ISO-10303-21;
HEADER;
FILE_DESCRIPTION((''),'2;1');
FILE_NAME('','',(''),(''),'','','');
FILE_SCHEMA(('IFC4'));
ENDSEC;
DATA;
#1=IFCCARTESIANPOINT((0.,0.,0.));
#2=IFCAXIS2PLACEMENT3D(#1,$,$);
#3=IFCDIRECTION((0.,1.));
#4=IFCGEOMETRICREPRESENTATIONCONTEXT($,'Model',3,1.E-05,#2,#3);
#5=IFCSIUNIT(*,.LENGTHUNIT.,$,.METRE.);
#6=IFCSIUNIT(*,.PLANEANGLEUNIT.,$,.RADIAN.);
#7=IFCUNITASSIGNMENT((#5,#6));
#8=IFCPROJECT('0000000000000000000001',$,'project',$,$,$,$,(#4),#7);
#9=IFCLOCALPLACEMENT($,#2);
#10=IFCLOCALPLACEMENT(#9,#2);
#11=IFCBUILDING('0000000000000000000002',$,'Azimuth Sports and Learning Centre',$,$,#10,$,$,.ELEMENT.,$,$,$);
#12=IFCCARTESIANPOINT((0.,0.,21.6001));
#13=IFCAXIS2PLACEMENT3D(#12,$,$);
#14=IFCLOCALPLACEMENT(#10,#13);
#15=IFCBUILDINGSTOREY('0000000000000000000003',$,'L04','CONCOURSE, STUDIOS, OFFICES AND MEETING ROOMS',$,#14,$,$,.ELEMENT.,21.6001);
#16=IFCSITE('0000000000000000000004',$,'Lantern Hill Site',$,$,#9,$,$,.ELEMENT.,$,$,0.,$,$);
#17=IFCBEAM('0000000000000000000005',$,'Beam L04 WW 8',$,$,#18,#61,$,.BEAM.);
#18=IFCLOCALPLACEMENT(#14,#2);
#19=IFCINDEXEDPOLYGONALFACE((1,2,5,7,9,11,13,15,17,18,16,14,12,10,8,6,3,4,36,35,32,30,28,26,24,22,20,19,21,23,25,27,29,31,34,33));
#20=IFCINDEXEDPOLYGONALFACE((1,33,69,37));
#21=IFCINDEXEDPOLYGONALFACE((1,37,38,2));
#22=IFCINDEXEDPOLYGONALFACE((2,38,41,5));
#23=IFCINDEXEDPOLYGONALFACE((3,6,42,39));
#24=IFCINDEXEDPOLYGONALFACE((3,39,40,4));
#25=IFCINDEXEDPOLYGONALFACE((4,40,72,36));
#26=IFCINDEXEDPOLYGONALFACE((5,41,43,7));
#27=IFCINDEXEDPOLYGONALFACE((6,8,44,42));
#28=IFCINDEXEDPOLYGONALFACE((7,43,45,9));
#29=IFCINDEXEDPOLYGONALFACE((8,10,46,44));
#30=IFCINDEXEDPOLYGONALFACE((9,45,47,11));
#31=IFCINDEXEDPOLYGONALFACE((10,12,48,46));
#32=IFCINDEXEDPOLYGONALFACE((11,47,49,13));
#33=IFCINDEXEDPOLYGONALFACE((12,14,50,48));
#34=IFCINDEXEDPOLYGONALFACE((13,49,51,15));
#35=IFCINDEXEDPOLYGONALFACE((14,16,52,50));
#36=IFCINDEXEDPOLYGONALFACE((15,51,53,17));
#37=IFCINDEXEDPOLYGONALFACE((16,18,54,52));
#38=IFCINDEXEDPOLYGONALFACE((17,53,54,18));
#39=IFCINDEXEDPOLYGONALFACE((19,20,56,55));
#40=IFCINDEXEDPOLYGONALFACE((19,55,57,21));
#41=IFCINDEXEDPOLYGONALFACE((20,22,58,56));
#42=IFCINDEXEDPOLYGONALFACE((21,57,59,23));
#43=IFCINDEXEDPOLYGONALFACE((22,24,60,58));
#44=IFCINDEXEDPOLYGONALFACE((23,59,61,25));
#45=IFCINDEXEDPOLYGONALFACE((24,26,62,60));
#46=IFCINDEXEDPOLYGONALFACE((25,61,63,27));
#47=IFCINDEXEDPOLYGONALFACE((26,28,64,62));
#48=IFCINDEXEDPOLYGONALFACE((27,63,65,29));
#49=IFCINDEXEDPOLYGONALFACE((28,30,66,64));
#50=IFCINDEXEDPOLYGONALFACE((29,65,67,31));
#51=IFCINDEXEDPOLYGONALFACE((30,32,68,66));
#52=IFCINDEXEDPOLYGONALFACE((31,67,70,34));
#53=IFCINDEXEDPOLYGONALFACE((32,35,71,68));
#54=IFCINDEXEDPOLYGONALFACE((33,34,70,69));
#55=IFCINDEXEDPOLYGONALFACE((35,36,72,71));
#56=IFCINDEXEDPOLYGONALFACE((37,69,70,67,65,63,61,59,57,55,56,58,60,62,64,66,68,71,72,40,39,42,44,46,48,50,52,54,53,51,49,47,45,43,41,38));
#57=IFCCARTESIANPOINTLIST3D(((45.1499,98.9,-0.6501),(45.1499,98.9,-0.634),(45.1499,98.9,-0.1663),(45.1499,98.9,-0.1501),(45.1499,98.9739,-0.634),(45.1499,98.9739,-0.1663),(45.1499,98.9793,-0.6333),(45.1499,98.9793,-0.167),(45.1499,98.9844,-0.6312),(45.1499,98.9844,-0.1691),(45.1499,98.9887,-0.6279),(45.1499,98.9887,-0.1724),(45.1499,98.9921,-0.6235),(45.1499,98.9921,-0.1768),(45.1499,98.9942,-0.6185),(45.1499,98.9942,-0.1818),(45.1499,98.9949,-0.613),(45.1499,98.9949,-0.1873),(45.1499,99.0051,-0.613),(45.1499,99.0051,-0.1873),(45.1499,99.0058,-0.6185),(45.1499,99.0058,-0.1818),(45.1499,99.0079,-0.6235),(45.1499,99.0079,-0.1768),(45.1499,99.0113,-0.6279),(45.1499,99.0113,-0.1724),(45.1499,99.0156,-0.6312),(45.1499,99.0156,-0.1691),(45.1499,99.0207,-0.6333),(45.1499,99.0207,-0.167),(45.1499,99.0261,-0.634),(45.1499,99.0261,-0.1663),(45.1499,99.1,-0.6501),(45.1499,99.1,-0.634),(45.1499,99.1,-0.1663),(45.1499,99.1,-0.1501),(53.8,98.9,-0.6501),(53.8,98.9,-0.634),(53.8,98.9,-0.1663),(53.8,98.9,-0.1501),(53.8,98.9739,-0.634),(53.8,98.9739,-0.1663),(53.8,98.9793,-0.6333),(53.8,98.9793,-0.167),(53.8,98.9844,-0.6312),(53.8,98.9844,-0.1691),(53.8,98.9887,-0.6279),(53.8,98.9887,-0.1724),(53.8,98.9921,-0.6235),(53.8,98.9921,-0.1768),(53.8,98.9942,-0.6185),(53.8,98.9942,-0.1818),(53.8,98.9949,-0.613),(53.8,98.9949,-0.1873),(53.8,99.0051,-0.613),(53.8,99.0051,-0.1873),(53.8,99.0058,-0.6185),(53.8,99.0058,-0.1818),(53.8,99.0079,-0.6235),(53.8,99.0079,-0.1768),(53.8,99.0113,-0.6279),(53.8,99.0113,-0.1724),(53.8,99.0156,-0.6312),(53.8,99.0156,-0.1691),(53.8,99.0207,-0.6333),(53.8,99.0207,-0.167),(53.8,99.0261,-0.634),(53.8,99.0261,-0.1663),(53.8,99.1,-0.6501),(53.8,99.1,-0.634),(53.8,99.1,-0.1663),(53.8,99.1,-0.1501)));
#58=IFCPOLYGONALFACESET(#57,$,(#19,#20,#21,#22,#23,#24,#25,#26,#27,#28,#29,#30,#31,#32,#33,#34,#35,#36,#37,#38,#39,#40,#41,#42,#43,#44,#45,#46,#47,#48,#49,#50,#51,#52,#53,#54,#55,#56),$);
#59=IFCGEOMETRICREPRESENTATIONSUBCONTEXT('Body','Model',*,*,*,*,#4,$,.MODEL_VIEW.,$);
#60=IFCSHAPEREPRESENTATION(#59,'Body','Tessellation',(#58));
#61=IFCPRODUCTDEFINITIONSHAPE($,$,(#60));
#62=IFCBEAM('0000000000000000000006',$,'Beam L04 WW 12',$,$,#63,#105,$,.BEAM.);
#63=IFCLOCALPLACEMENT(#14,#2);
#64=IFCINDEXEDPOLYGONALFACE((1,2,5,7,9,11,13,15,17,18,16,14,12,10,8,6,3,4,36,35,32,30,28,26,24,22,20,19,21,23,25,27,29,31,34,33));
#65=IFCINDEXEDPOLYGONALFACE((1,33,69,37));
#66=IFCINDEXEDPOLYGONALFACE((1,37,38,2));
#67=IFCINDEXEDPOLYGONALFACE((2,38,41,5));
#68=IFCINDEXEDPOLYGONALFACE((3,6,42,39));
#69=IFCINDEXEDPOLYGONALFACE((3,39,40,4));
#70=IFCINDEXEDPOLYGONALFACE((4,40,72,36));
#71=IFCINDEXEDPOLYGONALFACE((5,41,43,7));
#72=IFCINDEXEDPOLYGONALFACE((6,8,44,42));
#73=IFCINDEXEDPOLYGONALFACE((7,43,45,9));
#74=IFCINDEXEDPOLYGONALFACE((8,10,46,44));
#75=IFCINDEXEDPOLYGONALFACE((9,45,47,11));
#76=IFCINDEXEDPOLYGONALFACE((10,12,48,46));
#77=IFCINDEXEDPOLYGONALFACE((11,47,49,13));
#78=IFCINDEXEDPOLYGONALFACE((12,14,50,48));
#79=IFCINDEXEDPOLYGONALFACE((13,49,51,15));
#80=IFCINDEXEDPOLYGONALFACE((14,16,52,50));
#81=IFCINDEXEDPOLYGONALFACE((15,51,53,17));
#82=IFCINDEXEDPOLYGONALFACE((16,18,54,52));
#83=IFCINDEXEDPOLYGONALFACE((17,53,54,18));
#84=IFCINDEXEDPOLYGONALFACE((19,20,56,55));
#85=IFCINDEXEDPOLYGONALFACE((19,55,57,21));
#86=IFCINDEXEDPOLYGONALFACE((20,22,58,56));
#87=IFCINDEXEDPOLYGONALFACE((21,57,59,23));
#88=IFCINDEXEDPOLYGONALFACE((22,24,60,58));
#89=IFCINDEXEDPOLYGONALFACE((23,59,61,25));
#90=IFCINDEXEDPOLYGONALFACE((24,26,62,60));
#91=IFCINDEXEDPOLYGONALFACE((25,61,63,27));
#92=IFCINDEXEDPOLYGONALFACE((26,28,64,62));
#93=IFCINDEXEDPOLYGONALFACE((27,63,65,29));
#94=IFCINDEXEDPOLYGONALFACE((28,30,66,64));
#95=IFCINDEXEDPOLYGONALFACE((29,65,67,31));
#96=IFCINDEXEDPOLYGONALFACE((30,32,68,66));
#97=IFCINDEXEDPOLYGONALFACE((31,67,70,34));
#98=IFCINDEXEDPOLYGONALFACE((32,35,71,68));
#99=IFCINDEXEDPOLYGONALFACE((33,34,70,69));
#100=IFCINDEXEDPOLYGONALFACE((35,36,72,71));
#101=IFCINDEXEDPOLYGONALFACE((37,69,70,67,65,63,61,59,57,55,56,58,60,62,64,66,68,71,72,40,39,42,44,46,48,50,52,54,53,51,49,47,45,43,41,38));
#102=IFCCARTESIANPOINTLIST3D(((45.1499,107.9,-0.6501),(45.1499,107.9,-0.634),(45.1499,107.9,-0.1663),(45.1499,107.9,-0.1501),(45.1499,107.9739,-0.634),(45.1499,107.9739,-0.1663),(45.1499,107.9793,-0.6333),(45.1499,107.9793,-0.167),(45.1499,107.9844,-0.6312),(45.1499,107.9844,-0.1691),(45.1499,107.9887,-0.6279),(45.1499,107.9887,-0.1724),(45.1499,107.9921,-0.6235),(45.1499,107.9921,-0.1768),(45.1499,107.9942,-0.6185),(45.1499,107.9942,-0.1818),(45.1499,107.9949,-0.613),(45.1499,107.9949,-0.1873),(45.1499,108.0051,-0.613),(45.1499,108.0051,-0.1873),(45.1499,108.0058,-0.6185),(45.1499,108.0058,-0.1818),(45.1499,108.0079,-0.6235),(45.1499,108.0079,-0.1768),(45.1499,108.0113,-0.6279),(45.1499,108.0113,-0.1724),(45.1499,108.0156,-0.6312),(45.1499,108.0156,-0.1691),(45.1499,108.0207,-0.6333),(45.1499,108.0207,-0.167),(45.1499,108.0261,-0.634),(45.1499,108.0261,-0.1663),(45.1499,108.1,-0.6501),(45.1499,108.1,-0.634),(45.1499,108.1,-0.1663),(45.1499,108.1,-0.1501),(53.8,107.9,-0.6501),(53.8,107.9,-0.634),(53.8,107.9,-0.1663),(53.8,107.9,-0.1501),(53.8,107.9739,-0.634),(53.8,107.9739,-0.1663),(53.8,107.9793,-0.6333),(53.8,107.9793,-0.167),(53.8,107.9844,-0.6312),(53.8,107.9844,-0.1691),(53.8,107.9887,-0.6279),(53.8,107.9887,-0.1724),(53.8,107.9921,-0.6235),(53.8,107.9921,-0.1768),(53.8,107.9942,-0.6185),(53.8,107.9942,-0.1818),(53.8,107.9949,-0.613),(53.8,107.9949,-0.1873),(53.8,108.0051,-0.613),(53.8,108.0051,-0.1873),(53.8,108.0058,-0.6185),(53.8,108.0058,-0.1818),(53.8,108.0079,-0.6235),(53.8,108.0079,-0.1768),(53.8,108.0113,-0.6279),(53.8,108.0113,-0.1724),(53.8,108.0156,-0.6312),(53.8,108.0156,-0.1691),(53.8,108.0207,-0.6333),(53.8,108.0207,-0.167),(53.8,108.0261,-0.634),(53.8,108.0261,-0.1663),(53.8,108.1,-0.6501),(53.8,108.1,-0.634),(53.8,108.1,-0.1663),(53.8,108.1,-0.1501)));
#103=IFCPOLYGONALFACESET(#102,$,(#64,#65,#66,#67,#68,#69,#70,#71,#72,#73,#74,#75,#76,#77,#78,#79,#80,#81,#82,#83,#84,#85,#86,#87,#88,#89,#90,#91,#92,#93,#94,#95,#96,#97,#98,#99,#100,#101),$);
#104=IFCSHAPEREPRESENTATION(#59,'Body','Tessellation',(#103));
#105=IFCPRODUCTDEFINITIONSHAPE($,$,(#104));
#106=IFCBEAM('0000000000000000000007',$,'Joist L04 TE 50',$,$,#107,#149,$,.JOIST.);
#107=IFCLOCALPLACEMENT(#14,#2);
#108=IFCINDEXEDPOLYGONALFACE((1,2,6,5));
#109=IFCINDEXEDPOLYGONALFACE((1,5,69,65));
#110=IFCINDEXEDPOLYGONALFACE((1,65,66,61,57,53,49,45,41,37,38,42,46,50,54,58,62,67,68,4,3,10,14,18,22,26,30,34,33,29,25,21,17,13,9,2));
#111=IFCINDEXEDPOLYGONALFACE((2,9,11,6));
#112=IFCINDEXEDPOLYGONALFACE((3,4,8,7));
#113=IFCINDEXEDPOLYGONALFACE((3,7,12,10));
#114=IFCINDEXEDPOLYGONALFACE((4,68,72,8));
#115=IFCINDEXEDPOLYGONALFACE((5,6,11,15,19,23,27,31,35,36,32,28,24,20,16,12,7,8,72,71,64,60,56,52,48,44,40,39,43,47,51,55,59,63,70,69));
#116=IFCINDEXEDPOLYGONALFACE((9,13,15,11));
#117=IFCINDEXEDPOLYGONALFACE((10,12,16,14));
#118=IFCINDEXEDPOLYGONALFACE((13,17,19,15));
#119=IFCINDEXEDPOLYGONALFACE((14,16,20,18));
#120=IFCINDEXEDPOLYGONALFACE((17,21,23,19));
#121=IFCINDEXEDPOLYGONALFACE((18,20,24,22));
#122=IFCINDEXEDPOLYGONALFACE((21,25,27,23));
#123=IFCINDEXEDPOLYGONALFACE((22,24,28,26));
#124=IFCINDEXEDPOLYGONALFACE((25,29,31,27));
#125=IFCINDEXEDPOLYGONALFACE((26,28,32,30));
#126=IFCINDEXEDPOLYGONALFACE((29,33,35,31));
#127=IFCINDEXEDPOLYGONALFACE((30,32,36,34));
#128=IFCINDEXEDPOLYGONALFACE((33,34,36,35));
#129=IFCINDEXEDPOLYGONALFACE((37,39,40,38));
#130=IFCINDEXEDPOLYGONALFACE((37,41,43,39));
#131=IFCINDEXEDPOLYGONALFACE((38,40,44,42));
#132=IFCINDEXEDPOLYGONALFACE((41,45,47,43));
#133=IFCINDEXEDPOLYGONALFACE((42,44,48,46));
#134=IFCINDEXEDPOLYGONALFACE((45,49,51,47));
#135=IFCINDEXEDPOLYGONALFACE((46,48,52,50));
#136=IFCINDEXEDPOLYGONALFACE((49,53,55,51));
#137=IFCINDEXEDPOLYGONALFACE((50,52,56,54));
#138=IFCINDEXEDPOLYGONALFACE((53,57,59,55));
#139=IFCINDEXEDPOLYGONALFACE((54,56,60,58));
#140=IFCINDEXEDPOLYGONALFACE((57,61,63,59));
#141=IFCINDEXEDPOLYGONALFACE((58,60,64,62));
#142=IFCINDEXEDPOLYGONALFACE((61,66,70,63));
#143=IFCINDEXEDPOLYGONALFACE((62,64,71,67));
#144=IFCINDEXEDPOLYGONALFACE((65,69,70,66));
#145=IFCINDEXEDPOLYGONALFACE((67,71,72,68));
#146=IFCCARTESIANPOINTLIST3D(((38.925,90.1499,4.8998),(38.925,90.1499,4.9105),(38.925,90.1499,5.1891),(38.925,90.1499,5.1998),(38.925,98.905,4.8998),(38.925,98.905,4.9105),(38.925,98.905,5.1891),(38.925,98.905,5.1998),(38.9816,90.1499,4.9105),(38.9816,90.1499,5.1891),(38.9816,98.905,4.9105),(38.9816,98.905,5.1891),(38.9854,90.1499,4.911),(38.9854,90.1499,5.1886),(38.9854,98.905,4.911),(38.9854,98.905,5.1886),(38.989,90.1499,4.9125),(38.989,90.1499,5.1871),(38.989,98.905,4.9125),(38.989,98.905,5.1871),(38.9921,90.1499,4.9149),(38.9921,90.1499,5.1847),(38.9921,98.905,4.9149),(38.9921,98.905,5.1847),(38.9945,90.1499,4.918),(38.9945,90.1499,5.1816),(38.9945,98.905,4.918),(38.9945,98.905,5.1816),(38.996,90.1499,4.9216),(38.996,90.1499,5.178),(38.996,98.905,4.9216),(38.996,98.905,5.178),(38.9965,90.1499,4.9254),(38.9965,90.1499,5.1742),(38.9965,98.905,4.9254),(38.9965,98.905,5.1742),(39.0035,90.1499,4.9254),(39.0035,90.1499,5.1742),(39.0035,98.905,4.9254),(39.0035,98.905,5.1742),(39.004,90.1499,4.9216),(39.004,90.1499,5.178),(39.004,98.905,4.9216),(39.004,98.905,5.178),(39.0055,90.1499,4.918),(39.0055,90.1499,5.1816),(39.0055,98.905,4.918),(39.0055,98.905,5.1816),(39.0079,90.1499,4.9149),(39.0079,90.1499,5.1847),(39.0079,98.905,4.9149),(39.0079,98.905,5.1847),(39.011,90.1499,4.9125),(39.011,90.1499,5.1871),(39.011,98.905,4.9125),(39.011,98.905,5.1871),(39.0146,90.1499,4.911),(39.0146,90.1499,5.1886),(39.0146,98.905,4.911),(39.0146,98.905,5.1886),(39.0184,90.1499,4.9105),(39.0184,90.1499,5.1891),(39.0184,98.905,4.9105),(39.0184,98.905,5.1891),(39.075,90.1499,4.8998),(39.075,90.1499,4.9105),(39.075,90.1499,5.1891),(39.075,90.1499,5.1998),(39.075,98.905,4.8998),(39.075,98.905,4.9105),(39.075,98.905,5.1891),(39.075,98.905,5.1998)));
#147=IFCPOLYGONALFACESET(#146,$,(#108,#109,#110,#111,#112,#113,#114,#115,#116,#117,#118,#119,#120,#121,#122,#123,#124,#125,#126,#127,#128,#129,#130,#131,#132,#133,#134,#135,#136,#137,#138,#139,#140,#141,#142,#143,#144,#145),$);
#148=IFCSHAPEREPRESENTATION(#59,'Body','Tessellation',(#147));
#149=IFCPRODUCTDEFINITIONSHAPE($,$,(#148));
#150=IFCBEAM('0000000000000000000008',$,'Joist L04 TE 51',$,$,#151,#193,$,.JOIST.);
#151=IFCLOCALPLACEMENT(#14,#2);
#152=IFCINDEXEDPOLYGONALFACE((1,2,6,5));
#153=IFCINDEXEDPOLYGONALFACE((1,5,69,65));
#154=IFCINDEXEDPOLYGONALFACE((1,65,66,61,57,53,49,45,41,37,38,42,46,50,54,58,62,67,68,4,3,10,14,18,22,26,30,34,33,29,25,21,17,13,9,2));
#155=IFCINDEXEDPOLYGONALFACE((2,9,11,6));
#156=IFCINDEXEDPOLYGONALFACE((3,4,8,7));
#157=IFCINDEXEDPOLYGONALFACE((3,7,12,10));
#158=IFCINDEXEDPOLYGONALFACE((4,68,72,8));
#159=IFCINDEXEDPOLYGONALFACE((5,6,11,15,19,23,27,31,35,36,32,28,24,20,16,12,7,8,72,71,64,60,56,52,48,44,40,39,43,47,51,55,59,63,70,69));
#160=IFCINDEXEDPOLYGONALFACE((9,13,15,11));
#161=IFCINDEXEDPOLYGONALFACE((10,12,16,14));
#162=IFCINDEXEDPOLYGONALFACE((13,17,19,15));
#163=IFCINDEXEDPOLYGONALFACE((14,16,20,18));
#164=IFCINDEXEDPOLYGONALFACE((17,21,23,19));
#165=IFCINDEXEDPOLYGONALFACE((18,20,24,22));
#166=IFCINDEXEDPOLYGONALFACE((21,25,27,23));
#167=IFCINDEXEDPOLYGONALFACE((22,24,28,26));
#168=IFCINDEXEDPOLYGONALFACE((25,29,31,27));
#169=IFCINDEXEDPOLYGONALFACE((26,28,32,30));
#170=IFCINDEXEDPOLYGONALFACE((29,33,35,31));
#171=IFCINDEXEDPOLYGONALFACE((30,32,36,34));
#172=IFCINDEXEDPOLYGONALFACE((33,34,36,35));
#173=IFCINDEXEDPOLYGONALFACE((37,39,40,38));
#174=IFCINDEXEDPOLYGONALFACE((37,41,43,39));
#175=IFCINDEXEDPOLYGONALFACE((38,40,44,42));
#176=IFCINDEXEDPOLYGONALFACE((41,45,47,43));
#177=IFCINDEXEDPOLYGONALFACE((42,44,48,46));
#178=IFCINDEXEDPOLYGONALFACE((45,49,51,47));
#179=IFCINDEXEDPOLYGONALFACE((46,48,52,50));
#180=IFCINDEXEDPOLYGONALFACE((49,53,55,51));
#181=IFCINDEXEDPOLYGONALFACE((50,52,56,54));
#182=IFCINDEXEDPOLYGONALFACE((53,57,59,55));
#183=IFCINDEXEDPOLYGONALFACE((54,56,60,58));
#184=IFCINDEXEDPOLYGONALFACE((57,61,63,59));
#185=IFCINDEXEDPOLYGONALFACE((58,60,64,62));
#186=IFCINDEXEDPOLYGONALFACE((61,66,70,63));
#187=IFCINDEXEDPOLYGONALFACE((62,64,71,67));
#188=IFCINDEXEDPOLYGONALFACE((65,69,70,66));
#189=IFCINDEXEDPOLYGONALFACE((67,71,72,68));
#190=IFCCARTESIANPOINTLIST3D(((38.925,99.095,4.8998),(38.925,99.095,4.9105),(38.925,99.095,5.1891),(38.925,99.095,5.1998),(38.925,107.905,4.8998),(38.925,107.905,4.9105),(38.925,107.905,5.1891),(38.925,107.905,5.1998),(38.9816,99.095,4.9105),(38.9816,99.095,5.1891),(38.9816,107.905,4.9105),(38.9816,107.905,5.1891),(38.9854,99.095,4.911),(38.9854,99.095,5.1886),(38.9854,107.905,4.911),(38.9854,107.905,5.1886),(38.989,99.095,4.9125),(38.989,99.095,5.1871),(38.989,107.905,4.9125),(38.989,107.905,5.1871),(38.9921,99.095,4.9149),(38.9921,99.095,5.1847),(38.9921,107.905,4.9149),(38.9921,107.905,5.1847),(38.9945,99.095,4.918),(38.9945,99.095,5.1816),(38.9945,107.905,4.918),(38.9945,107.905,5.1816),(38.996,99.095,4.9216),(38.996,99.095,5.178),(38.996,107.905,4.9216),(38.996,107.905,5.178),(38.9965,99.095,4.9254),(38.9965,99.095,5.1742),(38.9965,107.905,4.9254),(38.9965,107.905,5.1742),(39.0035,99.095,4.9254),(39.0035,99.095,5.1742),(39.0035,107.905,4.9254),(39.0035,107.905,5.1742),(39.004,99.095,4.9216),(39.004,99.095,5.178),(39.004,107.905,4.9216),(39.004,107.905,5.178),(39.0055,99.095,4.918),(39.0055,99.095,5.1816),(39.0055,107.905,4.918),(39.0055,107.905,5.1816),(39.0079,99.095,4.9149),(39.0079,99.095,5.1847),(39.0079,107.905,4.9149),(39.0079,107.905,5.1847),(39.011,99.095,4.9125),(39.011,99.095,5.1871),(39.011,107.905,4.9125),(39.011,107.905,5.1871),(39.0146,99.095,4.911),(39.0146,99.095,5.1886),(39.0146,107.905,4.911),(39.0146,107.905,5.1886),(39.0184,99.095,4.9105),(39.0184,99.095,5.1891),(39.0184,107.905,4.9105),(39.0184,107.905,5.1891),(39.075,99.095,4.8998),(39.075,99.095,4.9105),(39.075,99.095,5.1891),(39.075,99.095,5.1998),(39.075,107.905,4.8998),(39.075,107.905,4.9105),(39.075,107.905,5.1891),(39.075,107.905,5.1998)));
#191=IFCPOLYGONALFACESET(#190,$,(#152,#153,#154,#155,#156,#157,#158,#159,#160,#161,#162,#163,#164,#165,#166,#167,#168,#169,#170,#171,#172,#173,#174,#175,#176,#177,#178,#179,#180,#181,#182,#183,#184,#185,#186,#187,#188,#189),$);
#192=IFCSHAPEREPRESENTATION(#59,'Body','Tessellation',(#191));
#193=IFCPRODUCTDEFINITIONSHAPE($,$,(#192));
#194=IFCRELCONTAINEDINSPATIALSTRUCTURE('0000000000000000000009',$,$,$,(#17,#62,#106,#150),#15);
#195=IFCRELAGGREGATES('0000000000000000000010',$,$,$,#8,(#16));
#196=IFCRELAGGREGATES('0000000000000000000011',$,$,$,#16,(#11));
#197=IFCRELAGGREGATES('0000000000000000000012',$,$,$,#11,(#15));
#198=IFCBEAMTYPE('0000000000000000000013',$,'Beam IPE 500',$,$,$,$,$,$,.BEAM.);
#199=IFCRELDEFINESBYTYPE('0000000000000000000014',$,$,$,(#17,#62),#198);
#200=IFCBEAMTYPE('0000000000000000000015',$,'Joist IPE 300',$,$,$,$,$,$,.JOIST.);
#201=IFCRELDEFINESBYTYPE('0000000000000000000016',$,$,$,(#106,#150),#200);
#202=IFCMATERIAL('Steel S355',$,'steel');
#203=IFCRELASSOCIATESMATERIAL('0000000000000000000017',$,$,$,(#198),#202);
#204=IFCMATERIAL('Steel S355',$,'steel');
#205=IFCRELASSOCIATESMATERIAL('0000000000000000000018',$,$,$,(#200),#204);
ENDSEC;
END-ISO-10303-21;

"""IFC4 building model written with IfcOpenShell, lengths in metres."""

from ifc_helpers import new_model, si_unit, direction, frame, origin, origin_2d, place, context, subcontext, project, spatial, i_section, extrude, material, material_profile, profile_set, type_object, element, save


model = new_model("IFC4")

# Units and contexts
model_context = context("Model", 3, precision=1e-05, world=origin(), true_north=direction((0.0, 1.0)))
body_context = subcontext(model_context, "Body", "Model", "MODEL_VIEW")
ifc_project = project(units=[si_unit("LENGTHUNIT", "METRE"), si_unit("PLANEANGLEUNIT", "RADIAN")], contexts=[model_context])

# Site, building, storey
site_placement = place(None, origin())
site = spatial("IfcSite", under=ifc_project, at=site_placement, Name="Lantern Hill Site", CompositionType="ELEMENT", RefElevation=0.0)
building_placement = place(site_placement, origin())
building = spatial("IfcBuilding", under=site, at=building_placement, Name="Azimuth Sports and Learning Centre", CompositionType="ELEMENT")
storey_placement = place(building_placement, frame((0.0, 0.0, 21.6001)))
storey = spatial("IfcBuildingStorey", under=building, at=storey_placement, Name="L04", Description="CONCOURSE, STUDIOS, OFFICES AND MEETING ROOMS", CompositionType="ELEMENT", Elevation=21.6001)

# Beams
ifc_material_1 = material(Name="Steel S355", Category="steel")
ifc_material_profile_1 = material_profile(ifc_material_1, i_section(OverallWidth=0.2, OverallDepth=0.5, WebThickness=0.0103, FlangeThickness=0.0161, FilletRadius=0.021, at=origin_2d()), Name="IPE 500")
ifc_profile_set_1 = profile_set([ifc_material_profile_1], Name="Steel S355")
beam_type_1 = type_object("IfcBeamType", Name="Beam IPE 500", PredefinedType="BEAM", material=ifc_profile_set_1)
for number, where, z_axis, x_axis, name in (
    (1, (45.1499, 99.0, -0.4001), (1.0, 0.0, 0.0), (0.0, 1.0, 0.0), "Beam L04 WW 8"),
    (2, (45.1499, 108.0, -0.4001), (1.0, 0.0, 0.0), (0.0, 1.0, 0.0), "Beam L04 WW 12"),
):
    element("IfcBeam", number, at=place(storey_placement, frame(where, z_axis=z_axis, x_axis=x_axis)), inside=storey, type_object=beam_type_1, Name=name, PredefinedType="BEAM", context=body_context, shape_type="SweptSolid", body=[
        extrude(i_section(OverallWidth=0.2, OverallDepth=0.5, WebThickness=0.0103, FlangeThickness=0.0161, FilletRadius=0.021, at=origin_2d()), origin(), (0.0, 0.0, 1.0), 8.6501),
    ])
ifc_material_2 = material(Name="Steel S355", Category="steel")
ifc_material_profile_2 = material_profile(ifc_material_2, i_section(OverallWidth=0.1499, OverallDepth=0.3, WebThickness=0.0071, FlangeThickness=0.0107, FilletRadius=0.0149, at=origin_2d()), Name="IPE 300")
ifc_profile_set_2 = profile_set([ifc_material_profile_2], Name="Steel S355")
beam_type_2 = type_object("IfcBeamType", Name="Joist IPE 300", PredefinedType="JOIST", material=ifc_profile_set_2)
beam_1_placement = place(storey_placement, frame((39.0, 90.1499, 5.0498), z_axis=(0.0, 1.0, 0.0), x_axis=(-1.0, 0.0, 0.0)))
element("IfcBeam", 3, at=beam_1_placement, inside=storey, type_object=beam_type_2, Name="Joist L04 TE 50", PredefinedType="JOIST", context=body_context, shape_type="SweptSolid", body=[
    extrude(i_section(OverallWidth=0.1499, OverallDepth=0.3, WebThickness=0.0071, FlangeThickness=0.0107, FilletRadius=0.0149, at=origin_2d()), origin(), (0.0, 0.0, 1.0), 8.7551),
])
beam_2_placement = place(storey_placement, frame((39.0, 99.095, 5.0498), z_axis=(0.0, 1.0, 0.0), x_axis=(-1.0, 0.0, 0.0)))
element("IfcBeam", 4, at=beam_2_placement, inside=storey, type_object=beam_type_2, Name="Joist L04 TE 51", PredefinedType="JOIST", context=body_context, shape_type="SweptSolid", body=[
    extrude(i_section(OverallWidth=0.1499, OverallDepth=0.3, WebThickness=0.0071, FlangeThickness=0.0107, FilletRadius=0.0149, at=origin_2d()), origin(), (0.0, 0.0, 1.0), 8.8101),
])

save(model, "model.ifc")
